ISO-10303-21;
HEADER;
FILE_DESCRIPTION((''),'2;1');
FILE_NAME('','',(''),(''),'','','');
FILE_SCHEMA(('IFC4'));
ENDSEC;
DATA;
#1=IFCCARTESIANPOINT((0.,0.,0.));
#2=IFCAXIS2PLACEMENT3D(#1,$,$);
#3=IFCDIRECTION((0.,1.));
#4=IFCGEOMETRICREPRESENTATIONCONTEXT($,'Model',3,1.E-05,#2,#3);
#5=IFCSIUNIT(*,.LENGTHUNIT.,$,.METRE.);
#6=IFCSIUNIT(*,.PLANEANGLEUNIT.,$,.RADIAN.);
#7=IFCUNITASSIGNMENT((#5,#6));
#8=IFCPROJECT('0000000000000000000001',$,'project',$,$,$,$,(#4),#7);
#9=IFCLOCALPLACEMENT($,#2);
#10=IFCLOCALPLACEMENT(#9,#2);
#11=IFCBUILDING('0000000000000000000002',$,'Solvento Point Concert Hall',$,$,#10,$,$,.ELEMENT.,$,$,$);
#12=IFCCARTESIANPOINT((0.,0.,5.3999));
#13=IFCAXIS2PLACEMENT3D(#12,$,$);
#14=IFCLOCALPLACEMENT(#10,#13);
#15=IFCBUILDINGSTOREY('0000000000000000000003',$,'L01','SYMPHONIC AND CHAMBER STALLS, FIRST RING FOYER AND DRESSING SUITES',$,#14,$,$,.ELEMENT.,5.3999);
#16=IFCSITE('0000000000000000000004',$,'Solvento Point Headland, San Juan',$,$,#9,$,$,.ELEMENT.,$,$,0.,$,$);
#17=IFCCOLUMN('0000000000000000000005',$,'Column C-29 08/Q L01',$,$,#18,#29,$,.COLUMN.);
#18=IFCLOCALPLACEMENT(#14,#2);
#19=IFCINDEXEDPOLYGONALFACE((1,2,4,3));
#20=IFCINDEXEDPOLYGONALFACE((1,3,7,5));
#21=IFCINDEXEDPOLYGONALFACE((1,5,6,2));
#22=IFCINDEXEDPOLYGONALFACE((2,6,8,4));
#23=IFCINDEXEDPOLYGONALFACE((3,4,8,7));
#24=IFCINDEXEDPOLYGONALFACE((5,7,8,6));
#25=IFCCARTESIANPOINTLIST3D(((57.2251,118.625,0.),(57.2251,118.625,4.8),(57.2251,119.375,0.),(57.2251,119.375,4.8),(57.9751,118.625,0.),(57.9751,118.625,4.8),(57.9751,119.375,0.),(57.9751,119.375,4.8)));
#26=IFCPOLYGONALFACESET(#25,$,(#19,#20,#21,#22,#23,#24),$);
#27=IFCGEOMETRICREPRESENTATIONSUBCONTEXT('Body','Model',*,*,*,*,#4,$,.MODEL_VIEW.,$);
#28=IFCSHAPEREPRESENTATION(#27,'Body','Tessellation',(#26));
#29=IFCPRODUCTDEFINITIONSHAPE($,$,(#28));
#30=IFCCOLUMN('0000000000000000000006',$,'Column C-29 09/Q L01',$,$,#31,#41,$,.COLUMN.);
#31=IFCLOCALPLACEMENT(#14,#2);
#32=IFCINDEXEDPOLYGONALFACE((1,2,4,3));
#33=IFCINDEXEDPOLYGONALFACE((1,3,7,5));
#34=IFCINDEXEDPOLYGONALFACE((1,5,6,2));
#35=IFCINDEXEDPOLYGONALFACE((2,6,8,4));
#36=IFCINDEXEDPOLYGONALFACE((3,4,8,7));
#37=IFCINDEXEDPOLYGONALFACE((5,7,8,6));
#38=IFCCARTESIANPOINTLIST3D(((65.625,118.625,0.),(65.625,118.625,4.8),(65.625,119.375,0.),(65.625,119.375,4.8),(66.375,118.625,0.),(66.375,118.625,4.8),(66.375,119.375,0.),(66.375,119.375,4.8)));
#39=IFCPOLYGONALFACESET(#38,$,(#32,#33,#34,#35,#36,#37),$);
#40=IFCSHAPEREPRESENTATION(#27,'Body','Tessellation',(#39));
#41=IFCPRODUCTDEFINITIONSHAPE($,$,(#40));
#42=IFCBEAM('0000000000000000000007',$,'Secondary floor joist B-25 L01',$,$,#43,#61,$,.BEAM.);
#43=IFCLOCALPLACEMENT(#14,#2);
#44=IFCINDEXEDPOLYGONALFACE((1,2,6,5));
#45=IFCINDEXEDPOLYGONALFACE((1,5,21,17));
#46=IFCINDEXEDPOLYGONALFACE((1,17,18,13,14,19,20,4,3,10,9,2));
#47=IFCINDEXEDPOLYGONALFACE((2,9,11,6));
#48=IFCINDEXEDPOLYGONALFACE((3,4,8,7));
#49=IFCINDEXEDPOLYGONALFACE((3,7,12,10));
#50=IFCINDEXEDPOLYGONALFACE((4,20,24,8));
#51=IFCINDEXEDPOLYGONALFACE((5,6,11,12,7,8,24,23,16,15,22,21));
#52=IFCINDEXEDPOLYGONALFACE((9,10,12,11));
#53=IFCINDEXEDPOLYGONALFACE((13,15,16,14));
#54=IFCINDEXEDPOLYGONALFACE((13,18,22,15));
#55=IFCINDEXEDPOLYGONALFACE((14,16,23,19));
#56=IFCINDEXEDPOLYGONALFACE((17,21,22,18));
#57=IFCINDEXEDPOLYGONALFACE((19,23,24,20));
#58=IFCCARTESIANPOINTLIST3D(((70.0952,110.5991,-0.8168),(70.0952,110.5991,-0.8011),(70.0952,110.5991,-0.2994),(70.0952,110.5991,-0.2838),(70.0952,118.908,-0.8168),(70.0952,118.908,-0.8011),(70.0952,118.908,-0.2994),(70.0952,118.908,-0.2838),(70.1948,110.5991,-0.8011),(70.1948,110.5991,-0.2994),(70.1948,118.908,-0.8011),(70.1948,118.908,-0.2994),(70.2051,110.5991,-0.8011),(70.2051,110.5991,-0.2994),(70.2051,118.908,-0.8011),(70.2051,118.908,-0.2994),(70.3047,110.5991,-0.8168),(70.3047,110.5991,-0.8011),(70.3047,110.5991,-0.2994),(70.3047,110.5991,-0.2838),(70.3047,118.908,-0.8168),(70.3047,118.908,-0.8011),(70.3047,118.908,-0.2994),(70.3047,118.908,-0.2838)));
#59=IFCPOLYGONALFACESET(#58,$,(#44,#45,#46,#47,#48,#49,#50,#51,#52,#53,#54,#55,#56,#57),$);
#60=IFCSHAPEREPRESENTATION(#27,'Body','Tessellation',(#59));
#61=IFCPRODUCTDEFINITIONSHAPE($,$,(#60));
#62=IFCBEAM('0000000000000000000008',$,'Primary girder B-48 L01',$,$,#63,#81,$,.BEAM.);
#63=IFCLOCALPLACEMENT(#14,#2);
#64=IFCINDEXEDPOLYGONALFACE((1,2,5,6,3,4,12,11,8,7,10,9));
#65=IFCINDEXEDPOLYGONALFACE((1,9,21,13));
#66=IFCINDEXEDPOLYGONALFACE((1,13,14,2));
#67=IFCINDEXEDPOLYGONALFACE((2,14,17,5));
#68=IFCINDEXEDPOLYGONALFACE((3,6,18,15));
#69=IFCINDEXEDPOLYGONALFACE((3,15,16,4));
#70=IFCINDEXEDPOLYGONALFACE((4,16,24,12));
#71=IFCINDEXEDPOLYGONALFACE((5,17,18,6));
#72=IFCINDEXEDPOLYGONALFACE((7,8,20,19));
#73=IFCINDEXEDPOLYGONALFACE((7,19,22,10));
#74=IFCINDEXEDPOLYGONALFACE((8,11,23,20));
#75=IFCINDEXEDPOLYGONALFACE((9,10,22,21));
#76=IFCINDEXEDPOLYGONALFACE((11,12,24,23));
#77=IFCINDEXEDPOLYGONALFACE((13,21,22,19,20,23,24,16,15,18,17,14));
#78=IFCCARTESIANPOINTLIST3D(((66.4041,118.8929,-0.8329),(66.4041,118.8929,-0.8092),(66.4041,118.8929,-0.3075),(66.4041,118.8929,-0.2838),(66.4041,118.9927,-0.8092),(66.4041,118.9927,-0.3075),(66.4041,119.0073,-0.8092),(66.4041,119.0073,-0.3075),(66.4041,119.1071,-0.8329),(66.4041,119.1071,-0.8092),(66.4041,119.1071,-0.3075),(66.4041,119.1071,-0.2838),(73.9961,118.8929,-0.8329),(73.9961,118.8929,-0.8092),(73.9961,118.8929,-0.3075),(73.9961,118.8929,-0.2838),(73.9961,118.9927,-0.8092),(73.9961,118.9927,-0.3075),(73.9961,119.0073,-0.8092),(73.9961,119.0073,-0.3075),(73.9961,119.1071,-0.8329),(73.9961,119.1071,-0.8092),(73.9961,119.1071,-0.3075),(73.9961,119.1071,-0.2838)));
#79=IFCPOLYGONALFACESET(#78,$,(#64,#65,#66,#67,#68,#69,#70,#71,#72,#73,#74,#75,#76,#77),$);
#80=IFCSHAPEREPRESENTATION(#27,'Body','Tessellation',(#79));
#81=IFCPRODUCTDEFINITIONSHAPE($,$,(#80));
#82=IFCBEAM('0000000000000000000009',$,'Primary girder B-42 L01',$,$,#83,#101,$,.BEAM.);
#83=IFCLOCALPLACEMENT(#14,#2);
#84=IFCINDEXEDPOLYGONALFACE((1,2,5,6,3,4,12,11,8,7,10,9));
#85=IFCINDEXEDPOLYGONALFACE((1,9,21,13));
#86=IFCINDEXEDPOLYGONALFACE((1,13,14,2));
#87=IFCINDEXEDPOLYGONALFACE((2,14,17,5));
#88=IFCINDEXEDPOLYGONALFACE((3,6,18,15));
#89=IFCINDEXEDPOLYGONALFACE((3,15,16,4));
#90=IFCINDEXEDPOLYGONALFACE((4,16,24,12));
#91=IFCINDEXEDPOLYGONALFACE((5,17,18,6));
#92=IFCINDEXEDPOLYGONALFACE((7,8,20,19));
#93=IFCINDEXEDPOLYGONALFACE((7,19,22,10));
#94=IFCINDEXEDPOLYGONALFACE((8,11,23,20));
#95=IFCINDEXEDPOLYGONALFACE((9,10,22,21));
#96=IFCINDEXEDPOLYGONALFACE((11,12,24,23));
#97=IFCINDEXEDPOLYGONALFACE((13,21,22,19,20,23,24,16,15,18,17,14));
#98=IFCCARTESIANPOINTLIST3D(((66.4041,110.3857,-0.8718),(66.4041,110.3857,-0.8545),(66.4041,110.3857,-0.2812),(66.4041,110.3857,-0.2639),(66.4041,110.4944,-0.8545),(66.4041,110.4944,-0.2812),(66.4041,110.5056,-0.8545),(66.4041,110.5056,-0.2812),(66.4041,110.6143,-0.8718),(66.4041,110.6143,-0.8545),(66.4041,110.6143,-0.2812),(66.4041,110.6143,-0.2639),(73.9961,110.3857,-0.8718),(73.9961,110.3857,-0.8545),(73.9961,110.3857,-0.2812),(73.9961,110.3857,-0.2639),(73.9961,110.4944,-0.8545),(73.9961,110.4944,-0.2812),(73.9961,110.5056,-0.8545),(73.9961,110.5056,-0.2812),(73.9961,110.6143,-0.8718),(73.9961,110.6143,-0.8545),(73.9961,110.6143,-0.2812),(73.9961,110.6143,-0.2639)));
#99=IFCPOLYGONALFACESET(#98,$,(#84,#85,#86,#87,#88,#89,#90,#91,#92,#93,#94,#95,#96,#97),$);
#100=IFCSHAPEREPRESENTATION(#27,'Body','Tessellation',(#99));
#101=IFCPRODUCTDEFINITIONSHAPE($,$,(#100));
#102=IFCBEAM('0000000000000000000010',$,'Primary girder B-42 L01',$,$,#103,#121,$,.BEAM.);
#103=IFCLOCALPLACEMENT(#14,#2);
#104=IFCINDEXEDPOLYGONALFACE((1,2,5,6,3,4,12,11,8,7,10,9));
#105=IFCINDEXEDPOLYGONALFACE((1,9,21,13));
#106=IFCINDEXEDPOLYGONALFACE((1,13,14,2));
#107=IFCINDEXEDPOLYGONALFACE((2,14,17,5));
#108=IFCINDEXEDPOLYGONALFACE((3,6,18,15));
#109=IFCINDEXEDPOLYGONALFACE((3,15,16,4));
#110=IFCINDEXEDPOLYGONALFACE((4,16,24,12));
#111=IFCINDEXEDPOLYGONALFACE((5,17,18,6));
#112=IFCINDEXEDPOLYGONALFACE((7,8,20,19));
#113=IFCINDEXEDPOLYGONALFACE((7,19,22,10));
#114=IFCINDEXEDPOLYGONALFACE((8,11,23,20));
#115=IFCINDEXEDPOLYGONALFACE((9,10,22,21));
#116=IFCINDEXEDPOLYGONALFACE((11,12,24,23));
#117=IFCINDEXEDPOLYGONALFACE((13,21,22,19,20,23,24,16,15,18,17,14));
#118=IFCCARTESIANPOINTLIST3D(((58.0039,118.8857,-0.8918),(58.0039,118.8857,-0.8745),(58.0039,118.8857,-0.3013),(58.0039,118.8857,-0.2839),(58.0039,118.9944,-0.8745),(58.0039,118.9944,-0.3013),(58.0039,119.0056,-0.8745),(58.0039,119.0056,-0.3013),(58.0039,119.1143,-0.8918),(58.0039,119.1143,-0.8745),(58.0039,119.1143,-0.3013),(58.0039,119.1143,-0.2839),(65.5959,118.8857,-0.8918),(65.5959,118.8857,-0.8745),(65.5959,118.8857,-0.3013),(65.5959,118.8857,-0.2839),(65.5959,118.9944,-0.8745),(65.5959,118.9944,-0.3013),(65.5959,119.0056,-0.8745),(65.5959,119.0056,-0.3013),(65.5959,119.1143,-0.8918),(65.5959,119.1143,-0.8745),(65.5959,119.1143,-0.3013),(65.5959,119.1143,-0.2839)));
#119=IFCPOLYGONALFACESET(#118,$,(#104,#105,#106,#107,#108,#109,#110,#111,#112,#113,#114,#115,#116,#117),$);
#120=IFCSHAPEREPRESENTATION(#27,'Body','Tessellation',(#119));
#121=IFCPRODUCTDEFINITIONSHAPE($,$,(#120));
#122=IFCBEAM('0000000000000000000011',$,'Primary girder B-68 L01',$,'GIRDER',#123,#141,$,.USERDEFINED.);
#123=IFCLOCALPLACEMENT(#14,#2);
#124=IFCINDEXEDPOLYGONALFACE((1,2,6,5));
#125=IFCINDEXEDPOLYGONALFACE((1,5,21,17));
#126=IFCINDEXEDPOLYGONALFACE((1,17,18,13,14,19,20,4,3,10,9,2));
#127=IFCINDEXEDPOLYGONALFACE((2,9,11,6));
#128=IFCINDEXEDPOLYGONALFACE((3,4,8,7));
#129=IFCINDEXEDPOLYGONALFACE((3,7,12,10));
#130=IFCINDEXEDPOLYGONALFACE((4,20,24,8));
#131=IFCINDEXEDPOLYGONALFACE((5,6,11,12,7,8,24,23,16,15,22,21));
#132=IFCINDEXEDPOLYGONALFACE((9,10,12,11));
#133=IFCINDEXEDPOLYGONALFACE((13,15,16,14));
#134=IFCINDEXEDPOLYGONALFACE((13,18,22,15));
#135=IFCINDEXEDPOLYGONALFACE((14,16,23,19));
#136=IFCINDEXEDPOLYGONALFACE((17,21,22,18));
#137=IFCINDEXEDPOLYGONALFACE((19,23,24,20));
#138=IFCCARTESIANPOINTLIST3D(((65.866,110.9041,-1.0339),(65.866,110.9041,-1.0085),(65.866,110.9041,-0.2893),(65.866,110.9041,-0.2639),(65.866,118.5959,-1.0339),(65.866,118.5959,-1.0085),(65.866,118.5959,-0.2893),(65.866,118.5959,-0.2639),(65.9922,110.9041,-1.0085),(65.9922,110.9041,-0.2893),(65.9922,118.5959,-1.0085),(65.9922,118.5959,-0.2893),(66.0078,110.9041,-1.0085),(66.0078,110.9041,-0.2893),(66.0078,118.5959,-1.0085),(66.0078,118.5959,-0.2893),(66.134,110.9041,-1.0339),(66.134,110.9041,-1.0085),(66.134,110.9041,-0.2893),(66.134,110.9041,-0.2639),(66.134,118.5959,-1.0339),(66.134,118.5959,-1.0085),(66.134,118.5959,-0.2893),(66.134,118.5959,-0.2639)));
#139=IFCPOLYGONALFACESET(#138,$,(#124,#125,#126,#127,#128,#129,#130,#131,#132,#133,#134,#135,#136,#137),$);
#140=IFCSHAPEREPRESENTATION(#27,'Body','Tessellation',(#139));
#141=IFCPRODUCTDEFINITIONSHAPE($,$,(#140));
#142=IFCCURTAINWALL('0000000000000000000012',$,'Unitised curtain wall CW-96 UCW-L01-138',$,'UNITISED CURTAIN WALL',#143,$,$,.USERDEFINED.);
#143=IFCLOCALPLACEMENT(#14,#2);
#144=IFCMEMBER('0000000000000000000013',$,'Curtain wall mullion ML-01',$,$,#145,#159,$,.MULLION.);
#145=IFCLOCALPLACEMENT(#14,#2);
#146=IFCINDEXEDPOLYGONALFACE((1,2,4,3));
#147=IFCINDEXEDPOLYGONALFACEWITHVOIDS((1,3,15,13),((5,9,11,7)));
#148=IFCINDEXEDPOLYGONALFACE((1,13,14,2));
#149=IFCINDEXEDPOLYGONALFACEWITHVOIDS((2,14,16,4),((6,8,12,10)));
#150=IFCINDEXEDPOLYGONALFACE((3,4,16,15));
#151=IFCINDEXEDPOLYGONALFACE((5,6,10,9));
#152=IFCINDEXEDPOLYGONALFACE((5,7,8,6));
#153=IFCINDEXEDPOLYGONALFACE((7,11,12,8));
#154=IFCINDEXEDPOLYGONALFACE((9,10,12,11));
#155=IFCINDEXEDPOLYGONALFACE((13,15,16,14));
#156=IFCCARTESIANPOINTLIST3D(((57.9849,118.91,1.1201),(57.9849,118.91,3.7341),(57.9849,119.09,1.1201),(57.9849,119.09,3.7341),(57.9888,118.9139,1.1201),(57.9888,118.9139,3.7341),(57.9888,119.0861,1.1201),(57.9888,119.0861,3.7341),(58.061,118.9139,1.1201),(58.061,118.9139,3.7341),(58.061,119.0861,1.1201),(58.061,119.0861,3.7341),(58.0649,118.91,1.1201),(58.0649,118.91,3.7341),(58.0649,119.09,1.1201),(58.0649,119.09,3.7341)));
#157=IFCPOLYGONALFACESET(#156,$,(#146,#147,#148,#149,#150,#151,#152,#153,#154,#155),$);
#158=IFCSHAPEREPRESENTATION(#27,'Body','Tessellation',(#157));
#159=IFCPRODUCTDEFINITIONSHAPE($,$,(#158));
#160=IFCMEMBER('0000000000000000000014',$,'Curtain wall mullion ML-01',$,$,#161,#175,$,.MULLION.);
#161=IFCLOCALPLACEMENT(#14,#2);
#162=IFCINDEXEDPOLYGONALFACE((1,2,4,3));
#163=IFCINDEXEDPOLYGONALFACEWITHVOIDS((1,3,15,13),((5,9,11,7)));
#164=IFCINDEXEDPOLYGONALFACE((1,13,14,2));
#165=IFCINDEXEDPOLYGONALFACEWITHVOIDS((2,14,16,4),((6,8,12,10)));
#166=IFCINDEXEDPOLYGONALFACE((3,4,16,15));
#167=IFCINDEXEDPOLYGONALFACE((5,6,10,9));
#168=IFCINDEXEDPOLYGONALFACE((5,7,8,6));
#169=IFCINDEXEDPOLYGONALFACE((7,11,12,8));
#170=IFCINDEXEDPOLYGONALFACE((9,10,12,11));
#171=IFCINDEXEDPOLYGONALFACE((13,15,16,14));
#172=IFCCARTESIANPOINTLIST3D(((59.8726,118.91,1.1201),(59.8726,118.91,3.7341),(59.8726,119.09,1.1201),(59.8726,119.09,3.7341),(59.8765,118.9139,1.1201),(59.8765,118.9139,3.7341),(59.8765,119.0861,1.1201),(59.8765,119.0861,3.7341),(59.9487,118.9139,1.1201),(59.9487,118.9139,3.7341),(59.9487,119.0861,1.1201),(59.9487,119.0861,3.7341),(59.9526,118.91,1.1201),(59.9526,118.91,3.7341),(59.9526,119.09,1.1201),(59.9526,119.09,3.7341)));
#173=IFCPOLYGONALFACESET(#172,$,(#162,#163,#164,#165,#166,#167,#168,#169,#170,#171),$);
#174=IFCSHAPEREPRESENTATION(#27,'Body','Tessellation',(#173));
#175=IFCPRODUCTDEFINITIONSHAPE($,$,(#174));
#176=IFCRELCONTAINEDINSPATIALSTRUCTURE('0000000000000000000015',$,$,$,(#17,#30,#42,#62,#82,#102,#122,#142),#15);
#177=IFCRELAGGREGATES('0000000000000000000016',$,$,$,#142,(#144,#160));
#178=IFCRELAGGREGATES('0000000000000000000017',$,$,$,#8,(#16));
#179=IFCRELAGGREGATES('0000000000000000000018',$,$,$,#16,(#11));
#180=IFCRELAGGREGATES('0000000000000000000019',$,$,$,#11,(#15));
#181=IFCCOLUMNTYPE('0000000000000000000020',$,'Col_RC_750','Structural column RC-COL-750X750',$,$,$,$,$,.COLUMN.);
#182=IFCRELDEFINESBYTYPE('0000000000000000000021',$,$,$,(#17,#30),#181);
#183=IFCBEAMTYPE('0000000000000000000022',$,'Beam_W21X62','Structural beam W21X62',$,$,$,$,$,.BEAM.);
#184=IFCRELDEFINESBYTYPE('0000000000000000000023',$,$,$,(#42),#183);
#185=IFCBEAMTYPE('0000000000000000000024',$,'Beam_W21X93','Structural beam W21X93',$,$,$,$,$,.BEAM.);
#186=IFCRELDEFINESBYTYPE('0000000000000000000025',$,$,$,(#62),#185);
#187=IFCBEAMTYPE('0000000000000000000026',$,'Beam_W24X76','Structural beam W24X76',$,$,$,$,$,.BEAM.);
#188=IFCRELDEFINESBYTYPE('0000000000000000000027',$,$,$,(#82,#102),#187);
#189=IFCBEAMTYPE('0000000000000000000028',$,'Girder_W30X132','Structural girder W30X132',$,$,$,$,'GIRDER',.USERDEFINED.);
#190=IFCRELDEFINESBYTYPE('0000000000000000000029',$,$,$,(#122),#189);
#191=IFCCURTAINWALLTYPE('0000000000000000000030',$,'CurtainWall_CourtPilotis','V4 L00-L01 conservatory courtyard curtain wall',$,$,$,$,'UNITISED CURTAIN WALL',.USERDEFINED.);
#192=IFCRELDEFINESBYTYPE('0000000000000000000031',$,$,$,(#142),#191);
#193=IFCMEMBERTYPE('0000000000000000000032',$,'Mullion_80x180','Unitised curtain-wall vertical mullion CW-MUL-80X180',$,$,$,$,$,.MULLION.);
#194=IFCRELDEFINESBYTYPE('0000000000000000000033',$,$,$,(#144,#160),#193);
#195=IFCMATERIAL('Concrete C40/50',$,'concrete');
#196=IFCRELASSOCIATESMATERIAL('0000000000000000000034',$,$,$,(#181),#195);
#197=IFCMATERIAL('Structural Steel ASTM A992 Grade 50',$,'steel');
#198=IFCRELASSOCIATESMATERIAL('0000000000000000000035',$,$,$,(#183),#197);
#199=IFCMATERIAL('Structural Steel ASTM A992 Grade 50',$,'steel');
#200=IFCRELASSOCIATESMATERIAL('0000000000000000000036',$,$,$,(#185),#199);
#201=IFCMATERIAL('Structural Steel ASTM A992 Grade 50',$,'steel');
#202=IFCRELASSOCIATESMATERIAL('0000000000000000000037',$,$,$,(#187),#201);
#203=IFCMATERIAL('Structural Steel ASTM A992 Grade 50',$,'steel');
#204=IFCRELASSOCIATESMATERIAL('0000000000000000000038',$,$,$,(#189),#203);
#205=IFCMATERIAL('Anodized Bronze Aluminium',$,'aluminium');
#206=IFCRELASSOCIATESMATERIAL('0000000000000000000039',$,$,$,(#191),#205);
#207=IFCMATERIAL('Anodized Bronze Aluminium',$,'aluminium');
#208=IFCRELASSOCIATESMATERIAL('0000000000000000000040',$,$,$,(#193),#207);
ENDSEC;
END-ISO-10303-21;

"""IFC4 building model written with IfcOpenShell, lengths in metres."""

from ifc_helpers import new_model, si_unit, direction, frame, origin, origin_2d, place, context, subcontext, project, spatial, rectangle, hollow_rectangle, i_section, extrude, material, material_profile, profile_set, type_object, element, aggregate, save


model = new_model("IFC4")

# Units and contexts
model_context = context("Model", 3, precision=1e-05, world=origin(), true_north=direction((0.0, 1.0)))
body_context = subcontext(model_context, "Body", "Model", "MODEL_VIEW")
ifc_project = project(units=[si_unit("LENGTHUNIT", "METRE"), si_unit("PLANEANGLEUNIT", "RADIAN")], contexts=[model_context])

# Site, building, storey
site_placement = place(None, origin())
site = spatial("IfcSite", under=ifc_project, at=site_placement, Name="Solvento Point Headland, San Juan", CompositionType="ELEMENT", RefElevation=0.0)
building_placement = place(site_placement, origin())
building = spatial("IfcBuilding", under=site, at=building_placement, Name="Solvento Point Concert Hall", CompositionType="ELEMENT")
storey_placement = place(building_placement, frame((0.0, 0.0, 5.3999)))
storey = spatial("IfcBuildingStorey", under=building, at=storey_placement, Name="L01", Description="SYMPHONIC AND CHAMBER STALLS, FIRST RING FOYER AND DRESSING SUITES", CompositionType="ELEMENT", Elevation=5.3999)

# Columns
ifc_material_1 = material(Name="Concrete C40/50", Category="concrete")
ifc_material_profile_1 = material_profile(ifc_material_1, rectangle(XDim=0.75, YDim=0.75, at=origin_2d()), Name="RC-COL-750X750")
ifc_profile_set_1 = profile_set([ifc_material_profile_1], Name="Concrete C40/50")
column_type = type_object("IfcColumnType", Name="Col_RC_750", Description="Structural column RC-COL-750X750", PredefinedType="COLUMN", material=ifc_profile_set_1)
for number, where, z_axis, x_axis, name in (
    (1, (57.6001, 119.0, 0.0), (0.0, 0.0, 1.0), (1.0, 0.0, 0.0), "Column C-29 08/Q L01"),
    (2, (66.0, 119.0, 0.0), (0.0, 0.0, 1.0), (1.0, 0.0, 0.0), "Column C-29 09/Q L01"),
):
    element("IfcColumn", number, at=place(storey_placement, frame(where, z_axis=z_axis, x_axis=x_axis)), inside=storey, type_object=column_type, Name=name, PredefinedType="COLUMN", context=body_context, shape_type="SweptSolid", body=[
        extrude(rectangle(XDim=0.75, YDim=0.75, at=origin_2d()), origin(), (0.0, 0.0, 1.0), 4.8),
    ])

# Beams
ifc_material_2 = material(Name="Structural Steel ASTM A992 Grade 50", Category="steel")
ifc_material_profile_2 = material_profile(ifc_material_2, i_section(OverallWidth=0.2095, OverallDepth=0.533, WebThickness=0.0103, FlangeThickness=0.0156, at=origin_2d()), Name="W21X62")
ifc_profile_set_2 = profile_set([ifc_material_profile_2], Name="Structural Steel ASTM A992 Grade 50")
beam_type_1 = type_object("IfcBeamType", Name="Beam_W21X62", Description="Structural beam W21X62", PredefinedType="BEAM", material=ifc_profile_set_2)
beam_1_placement = place(storey_placement, frame((70.2, 110.5991, -0.5503), z_axis=(0.0, 1.0, 0.0), x_axis=(-1.0, 0.0, 0.0)))
element("IfcBeam", 3, at=beam_1_placement, inside=storey, type_object=beam_type_1, Name="Secondary floor joist B-25 L01", PredefinedType="BEAM", context=body_context, shape_type="SweptSolid", body=[
    extrude(i_section(OverallWidth=0.2095, OverallDepth=0.533, WebThickness=0.0103, FlangeThickness=0.0156, at=origin_2d()), origin(), (0.0, 0.0, 1.0), 8.3088),
])
ifc_material_3 = material(Name="Structural Steel ASTM A992 Grade 50", Category="steel")
ifc_material_profile_3 = material_profile(ifc_material_3, i_section(OverallWidth=0.2141, OverallDepth=0.5491, WebThickness=0.0146, FlangeThickness=0.0237, at=origin_2d()), Name="W21X93")
ifc_profile_set_3 = profile_set([ifc_material_profile_3], Name="Structural Steel ASTM A992 Grade 50")
beam_type_2 = type_object("IfcBeamType", Name="Beam_W21X93", Description="Structural beam W21X93", PredefinedType="BEAM", material=ifc_profile_set_3)
beam_2_placement = place(storey_placement, frame((66.4041, 119.0, -0.5583), z_axis=(1.0, 0.0, 0.0), x_axis=(0.0, 1.0, 0.0)))
element("IfcBeam", 4, at=beam_2_placement, inside=storey, type_object=beam_type_2, Name="Primary girder B-48 L01", PredefinedType="BEAM", context=body_context, shape_type="SweptSolid", body=[
    extrude(i_section(OverallWidth=0.2141, OverallDepth=0.5491, WebThickness=0.0146, FlangeThickness=0.0237, at=origin_2d()), origin(), (0.0, 0.0, 1.0), 7.592),
])
ifc_material_4 = material(Name="Structural Steel ASTM A992 Grade 50", Category="steel")
ifc_material_profile_4 = material_profile(ifc_material_4, i_section(OverallWidth=0.2285, OverallDepth=0.6079, WebThickness=0.0112, FlangeThickness=0.0173, at=origin_2d()), Name="W24X76")
ifc_profile_set_4 = profile_set([ifc_material_profile_4], Name="Structural Steel ASTM A992 Grade 50")
beam_type_3 = type_object("IfcBeamType", Name="Beam_W24X76", Description="Structural beam W24X76", PredefinedType="BEAM", material=ifc_profile_set_4)
for number, where, z_axis, x_axis, name in (
    (5, (66.4041, 110.5, -0.5679), (1.0, 0.0, 0.0), (0.0, 1.0, 0.0), "Primary girder B-42 L01"),
    (6, (58.0039, 119.0, -0.5879), (1.0, 0.0, 0.0), (0.0, 1.0, 0.0), "Primary girder B-42 L01"),
):
    element("IfcBeam", number, at=place(storey_placement, frame(where, z_axis=z_axis, x_axis=x_axis)), inside=storey, type_object=beam_type_3, Name=name, PredefinedType="BEAM", context=body_context, shape_type="SweptSolid", body=[
        extrude(i_section(OverallWidth=0.2285, OverallDepth=0.6079, WebThickness=0.0112, FlangeThickness=0.0173, at=origin_2d()), origin(), (0.0, 0.0, 1.0), 7.592),
    ])
ifc_material_5 = material(Name="Structural Steel ASTM A992 Grade 50", Category="steel")
ifc_material_profile_5 = material_profile(ifc_material_5, i_section(OverallWidth=0.2681, OverallDepth=0.77, WebThickness=0.0156, FlangeThickness=0.0254, at=origin_2d()), Name="W30X132")
ifc_profile_set_5 = profile_set([ifc_material_profile_5], Name="Structural Steel ASTM A992 Grade 50")
beam_type_4 = type_object("IfcBeamType", Name="Girder_W30X132", Description="Structural girder W30X132", ElementType="GIRDER", PredefinedType="USERDEFINED", material=ifc_profile_set_5)
beam_3_placement = place(storey_placement, frame((66.0, 110.9041, -0.6489), z_axis=(0.0, 1.0, 0.0), x_axis=(-1.0, 0.0, 0.0)))
element("IfcBeam", 7, at=beam_3_placement, inside=storey, type_object=beam_type_4, Name="Primary girder B-68 L01", ObjectType="GIRDER", PredefinedType="USERDEFINED", context=body_context, shape_type="SweptSolid", body=[
    extrude(i_section(OverallWidth=0.2681, OverallDepth=0.77, WebThickness=0.0156, FlangeThickness=0.0254, at=origin_2d()), origin(), (0.0, 0.0, 1.0), 7.6919),
])

# Curtain wall, members
ifc_material_6 = material(Name="Anodized Bronze Aluminium", Category="aluminium")
curtain_wall_type = type_object("IfcCurtainWallType", Name="CurtainWall_CourtPilotis", Description="V4 L00-L01 conservatory courtyard curtain wall", ElementType="UNITISED CURTAIN WALL", PredefinedType="USERDEFINED", material=ifc_material_6)
curtain_wall_1_placement = place(storey_placement, origin())
curtain_wall_1 = element("IfcCurtainWall", 8, at=curtain_wall_1_placement, inside=storey, type_object=curtain_wall_type, Name="Unitised curtain wall CW-96 UCW-L01-138", ObjectType="UNITISED CURTAIN WALL", PredefinedType="USERDEFINED")
ifc_material_7 = material(Name="Anodized Bronze Aluminium", Category="aluminium")
ifc_material_profile_6 = material_profile(ifc_material_7, hollow_rectangle(XDim=0.0801, YDim=0.1799, WallThickness=0.0039, at=origin_2d()), Name="CW-MUL-80X180")
ifc_profile_set_6 = profile_set([ifc_material_profile_6], Name="Anodized Bronze Aluminium")
member_type_1 = type_object("IfcMemberType", Name="Mullion_80x180", Description="Unitised curtain-wall vertical mullion CW-MUL-80X180", PredefinedType="MULLION", material=ifc_profile_set_6)
member_1_placement = place(storey_placement, frame((58.0249, 119.0, 1.1201), z_axis=(0.0, 0.0, 1.0), x_axis=(1.0, 0.0, 0.0)))
member_1 = element("IfcMember", 9, at=member_1_placement, type_object=member_type_1, Name="Curtain wall mullion ML-01", PredefinedType="MULLION", context=body_context, shape_type="SweptSolid", body=[
    extrude(hollow_rectangle(XDim=0.0801, YDim=0.1799, WallThickness=0.0039, at=origin_2d()), origin(), (0.0, 0.0, 1.0), 2.614),
])
member_2_placement = place(storey_placement, frame((59.9126, 119.0, 1.1201), z_axis=(0.0, 0.0, 1.0), x_axis=(1.0, 0.0, 0.0)))
member_2 = element("IfcMember", 10, at=member_2_placement, type_object=member_type_1, Name="Curtain wall mullion ML-01", PredefinedType="MULLION", context=body_context, shape_type="SweptSolid", body=[
    extrude(hollow_rectangle(XDim=0.0801, YDim=0.1799, WallThickness=0.0039, at=origin_2d()), origin(), (0.0, 0.0, 1.0), 2.614),
])

aggregate(curtain_wall_1, [member_1, member_2])

save(model, "model.ifc")
